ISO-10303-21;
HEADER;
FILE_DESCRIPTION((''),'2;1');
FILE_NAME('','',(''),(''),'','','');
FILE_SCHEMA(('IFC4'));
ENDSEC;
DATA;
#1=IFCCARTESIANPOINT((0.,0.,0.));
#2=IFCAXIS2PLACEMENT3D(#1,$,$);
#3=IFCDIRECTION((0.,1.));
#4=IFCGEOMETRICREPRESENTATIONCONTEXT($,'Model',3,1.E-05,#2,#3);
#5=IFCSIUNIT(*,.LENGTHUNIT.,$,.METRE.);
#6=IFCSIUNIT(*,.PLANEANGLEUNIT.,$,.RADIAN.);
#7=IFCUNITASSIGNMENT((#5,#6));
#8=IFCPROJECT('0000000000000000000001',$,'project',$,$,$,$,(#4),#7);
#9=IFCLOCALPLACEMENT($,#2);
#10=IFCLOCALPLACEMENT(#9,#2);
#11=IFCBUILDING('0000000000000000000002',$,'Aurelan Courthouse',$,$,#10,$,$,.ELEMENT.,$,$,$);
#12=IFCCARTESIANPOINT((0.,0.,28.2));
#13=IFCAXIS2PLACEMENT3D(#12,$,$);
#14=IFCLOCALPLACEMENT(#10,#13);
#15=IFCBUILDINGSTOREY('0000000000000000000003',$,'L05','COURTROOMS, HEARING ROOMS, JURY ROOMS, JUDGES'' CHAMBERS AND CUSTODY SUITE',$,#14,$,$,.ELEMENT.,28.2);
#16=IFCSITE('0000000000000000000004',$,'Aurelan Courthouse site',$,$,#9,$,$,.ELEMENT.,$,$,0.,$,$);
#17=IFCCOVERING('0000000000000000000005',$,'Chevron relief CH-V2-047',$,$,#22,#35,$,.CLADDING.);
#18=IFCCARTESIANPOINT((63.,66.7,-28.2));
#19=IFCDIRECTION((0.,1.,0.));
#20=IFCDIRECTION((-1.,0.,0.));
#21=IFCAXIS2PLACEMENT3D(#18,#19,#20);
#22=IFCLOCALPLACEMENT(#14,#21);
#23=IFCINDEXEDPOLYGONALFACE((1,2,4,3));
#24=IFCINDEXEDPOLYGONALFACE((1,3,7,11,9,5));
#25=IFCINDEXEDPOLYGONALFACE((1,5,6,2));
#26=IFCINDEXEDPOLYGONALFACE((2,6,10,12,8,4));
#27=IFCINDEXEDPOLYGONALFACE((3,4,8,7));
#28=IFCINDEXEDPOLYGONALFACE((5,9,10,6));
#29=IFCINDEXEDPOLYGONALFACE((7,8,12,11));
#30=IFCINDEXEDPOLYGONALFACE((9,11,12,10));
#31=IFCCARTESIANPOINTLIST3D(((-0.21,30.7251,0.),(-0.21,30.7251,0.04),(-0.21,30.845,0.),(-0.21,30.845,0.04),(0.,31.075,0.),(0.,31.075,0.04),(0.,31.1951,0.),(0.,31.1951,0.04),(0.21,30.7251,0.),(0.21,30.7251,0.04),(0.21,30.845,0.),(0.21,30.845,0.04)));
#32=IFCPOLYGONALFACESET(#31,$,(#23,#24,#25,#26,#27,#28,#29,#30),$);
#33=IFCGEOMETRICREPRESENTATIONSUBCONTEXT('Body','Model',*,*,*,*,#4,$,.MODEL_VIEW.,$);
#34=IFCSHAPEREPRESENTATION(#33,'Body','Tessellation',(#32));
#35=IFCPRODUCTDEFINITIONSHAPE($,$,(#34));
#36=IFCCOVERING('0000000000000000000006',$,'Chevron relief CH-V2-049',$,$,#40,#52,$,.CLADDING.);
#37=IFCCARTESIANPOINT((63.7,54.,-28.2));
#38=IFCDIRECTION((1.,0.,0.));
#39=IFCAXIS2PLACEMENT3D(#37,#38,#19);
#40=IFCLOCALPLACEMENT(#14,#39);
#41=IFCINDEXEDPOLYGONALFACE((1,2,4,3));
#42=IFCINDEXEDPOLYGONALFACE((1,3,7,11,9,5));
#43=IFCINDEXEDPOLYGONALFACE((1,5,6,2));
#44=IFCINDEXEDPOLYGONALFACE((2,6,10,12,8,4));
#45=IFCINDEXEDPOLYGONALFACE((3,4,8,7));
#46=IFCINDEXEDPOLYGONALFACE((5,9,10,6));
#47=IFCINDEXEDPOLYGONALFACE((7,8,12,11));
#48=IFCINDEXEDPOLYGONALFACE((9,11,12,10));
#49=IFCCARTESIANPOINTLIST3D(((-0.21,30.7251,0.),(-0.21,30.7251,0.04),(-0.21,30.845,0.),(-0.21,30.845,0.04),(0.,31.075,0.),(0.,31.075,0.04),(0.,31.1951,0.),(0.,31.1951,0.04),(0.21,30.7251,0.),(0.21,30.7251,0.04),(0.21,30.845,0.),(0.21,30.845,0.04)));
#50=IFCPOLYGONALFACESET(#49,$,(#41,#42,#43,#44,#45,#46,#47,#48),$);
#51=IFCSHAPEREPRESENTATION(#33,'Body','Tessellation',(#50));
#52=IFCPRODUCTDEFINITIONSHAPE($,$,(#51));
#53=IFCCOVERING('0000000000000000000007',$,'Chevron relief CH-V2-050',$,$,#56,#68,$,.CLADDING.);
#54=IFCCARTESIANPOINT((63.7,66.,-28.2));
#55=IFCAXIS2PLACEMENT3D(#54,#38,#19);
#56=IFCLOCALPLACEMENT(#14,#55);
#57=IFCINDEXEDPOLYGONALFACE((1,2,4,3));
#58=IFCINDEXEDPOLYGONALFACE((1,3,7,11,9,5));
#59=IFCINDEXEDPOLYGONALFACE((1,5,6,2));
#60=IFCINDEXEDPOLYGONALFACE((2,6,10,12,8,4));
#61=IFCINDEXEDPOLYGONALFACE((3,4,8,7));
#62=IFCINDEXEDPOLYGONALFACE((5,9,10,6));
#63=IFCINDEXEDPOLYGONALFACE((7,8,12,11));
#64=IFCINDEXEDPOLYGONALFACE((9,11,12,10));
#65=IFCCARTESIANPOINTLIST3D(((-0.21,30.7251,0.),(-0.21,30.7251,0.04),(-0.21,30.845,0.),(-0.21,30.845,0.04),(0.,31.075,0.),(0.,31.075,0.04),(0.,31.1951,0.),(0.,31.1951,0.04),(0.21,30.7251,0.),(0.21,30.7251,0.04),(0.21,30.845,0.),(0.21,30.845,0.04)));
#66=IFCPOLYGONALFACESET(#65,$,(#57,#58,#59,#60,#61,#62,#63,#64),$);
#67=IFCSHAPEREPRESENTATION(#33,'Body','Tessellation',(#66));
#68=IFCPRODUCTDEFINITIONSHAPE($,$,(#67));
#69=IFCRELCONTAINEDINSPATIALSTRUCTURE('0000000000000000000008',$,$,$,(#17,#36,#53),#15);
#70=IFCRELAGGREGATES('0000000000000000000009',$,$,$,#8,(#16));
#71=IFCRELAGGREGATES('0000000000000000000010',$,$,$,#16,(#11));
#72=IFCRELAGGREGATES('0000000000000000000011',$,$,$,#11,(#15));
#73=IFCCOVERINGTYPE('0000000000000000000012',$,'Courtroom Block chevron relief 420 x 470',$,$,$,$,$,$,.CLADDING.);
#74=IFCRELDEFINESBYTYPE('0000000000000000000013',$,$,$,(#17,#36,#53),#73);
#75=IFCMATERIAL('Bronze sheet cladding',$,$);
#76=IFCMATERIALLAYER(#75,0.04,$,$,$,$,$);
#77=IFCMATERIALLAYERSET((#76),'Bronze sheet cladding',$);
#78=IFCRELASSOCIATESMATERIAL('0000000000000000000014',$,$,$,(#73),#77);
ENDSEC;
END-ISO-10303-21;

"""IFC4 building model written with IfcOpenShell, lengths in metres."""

from ifc_helpers import new_model, si_unit, direction, frame, origin, place, context, subcontext, project, spatial, polyline, outline, extrude, material, layer, layer_set, type_object, element, save


model = new_model("IFC4")

# Units and contexts
model_context = context("Model", 3, precision=1e-05, world=origin(), true_north=direction((0.0, 1.0)))
body_context = subcontext(model_context, "Body", "Model", "MODEL_VIEW")
ifc_project = project(units=[si_unit("LENGTHUNIT", "METRE"), si_unit("PLANEANGLEUNIT", "RADIAN")], contexts=[model_context])

# Site, building, storey
site_placement = place(None, origin())
site = spatial("IfcSite", under=ifc_project, at=site_placement, Name="Aurelan Courthouse site", CompositionType="ELEMENT", RefElevation=0.0)
building_placement = place(site_placement, origin())
building = spatial("IfcBuilding", under=site, at=building_placement, Name="Aurelan Courthouse", CompositionType="ELEMENT")
storey_placement = place(building_placement, frame((0.0, 0.0, 28.2)))
storey = spatial("IfcBuildingStorey", under=building, at=storey_placement, Name="L05", Description="COURTROOMS, HEARING ROOMS, JURY ROOMS, JUDGES' CHAMBERS AND CUSTODY SUITE", CompositionType="ELEMENT", Elevation=28.2)

# Coverings
ifc_material_1 = material(Name="Bronze sheet cladding")
ifc_layer_1 = layer(ifc_material_1, 0.04)
ifc_layer_set_1 = layer_set([ifc_layer_1], Name="Bronze sheet cladding")
covering_type_1 = type_object("IfcCoveringType", Name="Courtroom Block chevron relief 420 x 470", PredefinedType="CLADDING", material=ifc_layer_set_1)
for number, where, z_axis, x_axis, name in (
    (1, (63.0, 66.7, -28.2), (0.0, 1.0, 0.0), (-1.0, 0.0, 0.0), "Chevron relief CH-V2-047"),
    (2, (63.7, 54.0, -28.2), (1.0, 0.0, 0.0), (0.0, 1.0, 0.0), "Chevron relief CH-V2-049"),
    (3, (63.7, 66.0, -28.2), (1.0, 0.0, 0.0), (0.0, 1.0, 0.0), "Chevron relief CH-V2-050"),
):
    element("IfcCovering", number, at=place(storey_placement, frame(where, z_axis=z_axis, x_axis=x_axis)), inside=storey, type_object=covering_type_1, Name=name, PredefinedType="CLADDING", context=body_context, shape_type="SweptSolid", body=[
        extrude(outline(polyline([(-0.21, 30.7251), (0.0, 31.075), (0.21, 30.7251), (0.21, 30.845), (0.0, 31.1951), (-0.21, 30.845), (-0.21, 30.7251)])), origin(), (0.0, 0.0, 1.0), 0.04),
    ])

save(model, "model.ifc")
